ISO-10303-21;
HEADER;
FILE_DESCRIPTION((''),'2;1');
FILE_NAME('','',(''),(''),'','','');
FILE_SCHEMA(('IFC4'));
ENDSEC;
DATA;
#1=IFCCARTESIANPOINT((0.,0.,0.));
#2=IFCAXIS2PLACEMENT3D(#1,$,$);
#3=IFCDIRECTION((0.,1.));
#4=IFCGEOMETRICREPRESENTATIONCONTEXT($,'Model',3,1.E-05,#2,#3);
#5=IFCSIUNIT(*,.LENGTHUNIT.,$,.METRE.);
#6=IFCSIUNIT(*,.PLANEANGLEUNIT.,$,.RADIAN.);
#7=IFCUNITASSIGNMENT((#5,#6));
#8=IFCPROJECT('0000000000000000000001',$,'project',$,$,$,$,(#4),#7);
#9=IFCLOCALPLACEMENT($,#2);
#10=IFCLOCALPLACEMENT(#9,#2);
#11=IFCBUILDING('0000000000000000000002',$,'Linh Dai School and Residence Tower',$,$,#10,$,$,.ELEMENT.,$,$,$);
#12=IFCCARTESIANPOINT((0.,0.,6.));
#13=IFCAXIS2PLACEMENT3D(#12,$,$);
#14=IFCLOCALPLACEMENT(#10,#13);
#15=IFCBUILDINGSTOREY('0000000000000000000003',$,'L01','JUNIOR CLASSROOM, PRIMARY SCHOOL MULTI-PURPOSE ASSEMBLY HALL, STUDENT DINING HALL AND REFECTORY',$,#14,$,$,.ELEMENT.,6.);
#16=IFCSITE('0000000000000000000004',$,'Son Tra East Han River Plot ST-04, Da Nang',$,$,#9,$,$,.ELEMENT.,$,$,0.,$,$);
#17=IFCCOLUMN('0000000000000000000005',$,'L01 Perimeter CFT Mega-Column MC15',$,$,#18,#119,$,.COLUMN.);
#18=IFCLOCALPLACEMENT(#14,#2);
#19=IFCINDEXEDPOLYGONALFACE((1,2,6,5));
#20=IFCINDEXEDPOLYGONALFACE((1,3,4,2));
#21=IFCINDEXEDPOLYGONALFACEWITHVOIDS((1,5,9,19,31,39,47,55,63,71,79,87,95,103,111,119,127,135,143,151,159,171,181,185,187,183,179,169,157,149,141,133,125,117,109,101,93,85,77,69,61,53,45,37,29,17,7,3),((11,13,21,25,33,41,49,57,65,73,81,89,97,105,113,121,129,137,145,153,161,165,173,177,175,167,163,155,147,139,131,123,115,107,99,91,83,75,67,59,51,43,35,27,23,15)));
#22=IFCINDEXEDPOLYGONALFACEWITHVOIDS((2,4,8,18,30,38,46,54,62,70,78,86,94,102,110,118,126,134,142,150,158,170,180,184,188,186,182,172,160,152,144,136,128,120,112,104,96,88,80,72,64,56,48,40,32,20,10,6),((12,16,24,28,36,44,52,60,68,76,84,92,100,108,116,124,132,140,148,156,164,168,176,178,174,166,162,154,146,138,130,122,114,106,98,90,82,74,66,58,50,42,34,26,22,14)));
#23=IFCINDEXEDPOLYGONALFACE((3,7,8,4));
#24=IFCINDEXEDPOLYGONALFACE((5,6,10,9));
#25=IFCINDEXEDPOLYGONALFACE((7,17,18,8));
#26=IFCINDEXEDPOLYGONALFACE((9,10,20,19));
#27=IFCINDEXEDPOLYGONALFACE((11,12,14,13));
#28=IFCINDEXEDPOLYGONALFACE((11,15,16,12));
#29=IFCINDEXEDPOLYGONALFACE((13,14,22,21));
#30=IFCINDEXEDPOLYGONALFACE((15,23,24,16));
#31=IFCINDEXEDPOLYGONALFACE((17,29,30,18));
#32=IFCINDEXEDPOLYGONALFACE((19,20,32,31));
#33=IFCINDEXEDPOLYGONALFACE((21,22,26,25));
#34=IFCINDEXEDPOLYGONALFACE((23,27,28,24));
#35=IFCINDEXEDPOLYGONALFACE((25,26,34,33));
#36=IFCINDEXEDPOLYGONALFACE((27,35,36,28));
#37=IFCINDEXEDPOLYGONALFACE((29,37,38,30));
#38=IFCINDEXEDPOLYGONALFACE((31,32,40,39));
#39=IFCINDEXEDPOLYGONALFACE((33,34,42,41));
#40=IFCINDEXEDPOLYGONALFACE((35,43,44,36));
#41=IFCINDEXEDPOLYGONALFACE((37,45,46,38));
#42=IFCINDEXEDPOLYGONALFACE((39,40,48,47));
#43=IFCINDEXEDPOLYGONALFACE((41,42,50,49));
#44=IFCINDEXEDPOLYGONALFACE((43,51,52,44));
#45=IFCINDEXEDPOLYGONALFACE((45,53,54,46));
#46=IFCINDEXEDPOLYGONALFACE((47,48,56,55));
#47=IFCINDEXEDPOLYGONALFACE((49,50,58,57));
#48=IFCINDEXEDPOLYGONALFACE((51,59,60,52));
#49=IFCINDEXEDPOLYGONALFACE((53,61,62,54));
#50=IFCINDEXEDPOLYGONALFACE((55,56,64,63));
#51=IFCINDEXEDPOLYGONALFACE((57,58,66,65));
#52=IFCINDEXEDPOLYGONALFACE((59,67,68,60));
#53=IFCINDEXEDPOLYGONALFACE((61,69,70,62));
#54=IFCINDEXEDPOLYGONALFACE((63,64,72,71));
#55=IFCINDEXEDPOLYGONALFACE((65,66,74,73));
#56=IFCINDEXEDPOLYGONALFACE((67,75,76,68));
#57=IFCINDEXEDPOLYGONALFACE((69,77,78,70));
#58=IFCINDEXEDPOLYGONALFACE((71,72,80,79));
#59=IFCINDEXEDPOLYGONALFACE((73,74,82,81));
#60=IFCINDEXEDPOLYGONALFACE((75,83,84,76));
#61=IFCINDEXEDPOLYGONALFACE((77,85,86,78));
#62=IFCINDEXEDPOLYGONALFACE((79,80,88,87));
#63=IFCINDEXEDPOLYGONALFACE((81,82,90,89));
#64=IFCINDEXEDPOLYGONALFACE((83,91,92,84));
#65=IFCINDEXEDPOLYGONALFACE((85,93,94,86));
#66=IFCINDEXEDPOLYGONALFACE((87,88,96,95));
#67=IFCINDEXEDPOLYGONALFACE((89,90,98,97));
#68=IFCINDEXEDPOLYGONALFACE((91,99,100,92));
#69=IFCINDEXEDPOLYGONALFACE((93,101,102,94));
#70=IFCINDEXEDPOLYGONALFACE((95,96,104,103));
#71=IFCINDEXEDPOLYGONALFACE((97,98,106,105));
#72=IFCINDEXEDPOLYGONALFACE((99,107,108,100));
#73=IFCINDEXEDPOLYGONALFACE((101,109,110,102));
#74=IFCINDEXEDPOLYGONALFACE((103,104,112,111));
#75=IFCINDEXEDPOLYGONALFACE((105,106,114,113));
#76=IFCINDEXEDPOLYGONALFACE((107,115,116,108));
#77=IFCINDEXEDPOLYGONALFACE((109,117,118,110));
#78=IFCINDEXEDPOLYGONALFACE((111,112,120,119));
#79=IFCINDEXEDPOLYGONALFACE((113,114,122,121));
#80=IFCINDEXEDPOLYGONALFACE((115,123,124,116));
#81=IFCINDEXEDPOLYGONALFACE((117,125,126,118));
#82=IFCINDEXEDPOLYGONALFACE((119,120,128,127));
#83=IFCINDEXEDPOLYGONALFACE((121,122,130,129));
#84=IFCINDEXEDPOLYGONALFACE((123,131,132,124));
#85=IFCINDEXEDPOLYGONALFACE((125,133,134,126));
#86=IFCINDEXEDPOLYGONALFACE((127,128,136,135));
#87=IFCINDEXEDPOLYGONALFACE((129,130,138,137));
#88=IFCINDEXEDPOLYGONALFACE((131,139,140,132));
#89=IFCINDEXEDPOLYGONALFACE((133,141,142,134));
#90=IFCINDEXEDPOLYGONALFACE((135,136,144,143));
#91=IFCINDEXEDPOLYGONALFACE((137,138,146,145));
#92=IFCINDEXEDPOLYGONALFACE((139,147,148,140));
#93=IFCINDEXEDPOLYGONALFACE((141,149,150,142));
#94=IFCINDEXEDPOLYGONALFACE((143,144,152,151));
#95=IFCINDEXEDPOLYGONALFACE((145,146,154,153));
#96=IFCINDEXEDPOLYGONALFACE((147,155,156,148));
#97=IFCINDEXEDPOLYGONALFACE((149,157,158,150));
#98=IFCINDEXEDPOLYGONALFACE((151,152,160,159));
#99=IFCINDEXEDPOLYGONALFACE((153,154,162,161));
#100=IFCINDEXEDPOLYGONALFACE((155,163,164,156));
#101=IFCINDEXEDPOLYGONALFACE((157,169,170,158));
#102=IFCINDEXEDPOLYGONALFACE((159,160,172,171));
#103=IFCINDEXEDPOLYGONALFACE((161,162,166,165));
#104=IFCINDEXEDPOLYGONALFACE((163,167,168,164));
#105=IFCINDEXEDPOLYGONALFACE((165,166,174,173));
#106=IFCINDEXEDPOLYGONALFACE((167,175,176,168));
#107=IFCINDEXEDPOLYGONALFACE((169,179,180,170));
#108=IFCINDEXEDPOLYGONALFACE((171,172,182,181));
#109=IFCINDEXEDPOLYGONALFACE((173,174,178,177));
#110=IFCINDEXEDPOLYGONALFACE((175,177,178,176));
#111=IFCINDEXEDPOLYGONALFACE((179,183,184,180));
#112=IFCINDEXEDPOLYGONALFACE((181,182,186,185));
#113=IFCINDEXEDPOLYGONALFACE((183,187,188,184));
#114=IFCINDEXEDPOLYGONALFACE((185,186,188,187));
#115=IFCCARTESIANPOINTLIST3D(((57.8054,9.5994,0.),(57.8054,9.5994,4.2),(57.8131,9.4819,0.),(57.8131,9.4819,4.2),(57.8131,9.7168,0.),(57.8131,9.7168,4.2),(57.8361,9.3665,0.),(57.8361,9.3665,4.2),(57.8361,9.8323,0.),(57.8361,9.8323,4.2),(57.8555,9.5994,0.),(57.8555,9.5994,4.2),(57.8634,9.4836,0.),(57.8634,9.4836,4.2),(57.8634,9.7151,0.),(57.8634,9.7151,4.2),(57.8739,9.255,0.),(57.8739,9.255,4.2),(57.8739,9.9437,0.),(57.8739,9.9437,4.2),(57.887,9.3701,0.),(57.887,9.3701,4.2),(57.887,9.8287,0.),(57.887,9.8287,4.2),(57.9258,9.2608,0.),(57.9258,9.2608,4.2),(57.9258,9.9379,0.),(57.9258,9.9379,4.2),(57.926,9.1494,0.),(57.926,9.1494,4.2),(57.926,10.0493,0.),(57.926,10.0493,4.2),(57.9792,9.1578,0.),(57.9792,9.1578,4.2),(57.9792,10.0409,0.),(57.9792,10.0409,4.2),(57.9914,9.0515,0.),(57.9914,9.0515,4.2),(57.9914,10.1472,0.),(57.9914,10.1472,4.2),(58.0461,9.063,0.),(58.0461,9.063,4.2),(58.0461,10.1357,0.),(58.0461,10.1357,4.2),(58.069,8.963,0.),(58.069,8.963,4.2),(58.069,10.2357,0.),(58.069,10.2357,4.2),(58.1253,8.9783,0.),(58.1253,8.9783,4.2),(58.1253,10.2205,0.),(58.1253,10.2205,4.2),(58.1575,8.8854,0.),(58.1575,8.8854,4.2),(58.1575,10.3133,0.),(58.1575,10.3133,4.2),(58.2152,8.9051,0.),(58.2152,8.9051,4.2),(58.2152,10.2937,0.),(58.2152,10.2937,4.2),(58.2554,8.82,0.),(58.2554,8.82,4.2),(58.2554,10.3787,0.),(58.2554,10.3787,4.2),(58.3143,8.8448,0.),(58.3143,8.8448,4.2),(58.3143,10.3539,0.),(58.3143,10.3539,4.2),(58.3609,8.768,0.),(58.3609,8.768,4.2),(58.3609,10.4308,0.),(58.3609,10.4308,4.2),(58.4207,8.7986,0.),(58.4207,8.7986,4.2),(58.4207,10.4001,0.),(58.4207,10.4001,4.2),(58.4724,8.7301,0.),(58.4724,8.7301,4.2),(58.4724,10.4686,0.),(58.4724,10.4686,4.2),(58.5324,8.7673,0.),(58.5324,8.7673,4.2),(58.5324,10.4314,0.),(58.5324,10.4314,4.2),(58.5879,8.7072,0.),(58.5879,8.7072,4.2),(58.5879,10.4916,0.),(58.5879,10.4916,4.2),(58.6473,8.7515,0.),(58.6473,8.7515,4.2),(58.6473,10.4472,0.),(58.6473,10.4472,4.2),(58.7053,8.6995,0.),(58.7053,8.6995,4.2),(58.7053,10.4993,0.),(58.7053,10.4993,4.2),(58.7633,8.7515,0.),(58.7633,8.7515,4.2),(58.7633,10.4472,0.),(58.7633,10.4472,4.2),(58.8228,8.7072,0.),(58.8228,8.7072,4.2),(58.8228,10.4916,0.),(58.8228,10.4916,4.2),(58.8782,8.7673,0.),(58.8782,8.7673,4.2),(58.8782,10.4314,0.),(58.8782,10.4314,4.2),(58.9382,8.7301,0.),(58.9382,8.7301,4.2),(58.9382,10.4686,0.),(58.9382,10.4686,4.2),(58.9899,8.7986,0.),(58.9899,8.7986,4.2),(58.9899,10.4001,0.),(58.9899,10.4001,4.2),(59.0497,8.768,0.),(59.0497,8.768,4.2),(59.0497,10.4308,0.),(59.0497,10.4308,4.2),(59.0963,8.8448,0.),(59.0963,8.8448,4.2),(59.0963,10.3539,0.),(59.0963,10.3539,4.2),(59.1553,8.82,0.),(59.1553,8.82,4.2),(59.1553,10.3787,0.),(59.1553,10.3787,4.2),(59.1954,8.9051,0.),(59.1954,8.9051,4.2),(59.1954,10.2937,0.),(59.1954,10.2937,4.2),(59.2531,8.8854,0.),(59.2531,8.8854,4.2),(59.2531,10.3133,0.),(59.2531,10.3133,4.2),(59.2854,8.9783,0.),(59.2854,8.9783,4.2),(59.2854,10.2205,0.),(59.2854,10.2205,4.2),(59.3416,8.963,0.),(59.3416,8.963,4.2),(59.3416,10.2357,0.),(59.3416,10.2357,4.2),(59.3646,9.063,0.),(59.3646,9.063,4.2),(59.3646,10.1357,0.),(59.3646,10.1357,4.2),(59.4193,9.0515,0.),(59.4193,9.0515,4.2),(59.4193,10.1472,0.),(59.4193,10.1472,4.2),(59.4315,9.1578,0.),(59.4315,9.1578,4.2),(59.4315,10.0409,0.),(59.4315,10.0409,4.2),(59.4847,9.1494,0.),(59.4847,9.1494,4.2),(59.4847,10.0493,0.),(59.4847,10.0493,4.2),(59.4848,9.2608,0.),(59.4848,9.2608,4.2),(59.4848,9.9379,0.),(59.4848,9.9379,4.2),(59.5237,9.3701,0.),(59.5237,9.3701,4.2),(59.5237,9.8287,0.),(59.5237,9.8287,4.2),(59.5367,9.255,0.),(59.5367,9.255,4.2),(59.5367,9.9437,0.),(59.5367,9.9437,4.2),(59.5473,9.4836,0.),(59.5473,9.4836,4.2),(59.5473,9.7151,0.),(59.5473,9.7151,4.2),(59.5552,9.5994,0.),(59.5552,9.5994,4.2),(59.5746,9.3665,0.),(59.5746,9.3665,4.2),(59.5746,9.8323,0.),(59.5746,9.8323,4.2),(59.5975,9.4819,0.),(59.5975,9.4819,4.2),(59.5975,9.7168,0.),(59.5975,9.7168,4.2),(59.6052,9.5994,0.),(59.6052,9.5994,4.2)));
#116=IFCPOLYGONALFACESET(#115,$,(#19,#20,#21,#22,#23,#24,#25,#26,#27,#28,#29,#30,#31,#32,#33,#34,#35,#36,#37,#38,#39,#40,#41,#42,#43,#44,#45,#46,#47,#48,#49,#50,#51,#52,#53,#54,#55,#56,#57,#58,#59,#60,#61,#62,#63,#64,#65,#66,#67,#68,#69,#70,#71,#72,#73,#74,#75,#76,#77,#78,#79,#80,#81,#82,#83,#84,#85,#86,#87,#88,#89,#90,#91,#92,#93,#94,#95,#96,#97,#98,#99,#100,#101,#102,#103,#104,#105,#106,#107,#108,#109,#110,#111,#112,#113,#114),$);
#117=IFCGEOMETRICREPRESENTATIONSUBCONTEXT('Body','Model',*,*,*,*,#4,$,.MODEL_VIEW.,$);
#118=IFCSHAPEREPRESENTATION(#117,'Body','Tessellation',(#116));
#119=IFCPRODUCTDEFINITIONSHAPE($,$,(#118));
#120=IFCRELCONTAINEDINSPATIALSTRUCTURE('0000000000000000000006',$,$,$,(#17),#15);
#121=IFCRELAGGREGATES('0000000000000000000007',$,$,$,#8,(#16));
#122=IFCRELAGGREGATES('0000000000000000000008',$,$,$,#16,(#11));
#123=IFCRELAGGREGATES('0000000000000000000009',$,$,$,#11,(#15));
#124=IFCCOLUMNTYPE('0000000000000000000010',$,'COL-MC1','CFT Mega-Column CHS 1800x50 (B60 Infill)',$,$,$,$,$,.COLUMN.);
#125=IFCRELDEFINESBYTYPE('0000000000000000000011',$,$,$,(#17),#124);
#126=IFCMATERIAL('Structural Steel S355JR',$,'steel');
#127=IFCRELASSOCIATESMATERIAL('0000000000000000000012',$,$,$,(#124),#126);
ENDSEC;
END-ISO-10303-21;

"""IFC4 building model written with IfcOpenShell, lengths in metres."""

from ifc_helpers import new_model, si_unit, direction, frame, origin, origin_2d, place, context, subcontext, project, spatial, hollow_circle, extrude, material, material_profile, profile_set, type_object, element, save


model = new_model("IFC4")

# Units and contexts
model_context = context("Model", 3, precision=1e-05, world=origin(), true_north=direction((0.0, 1.0)))
body_context = subcontext(model_context, "Body", "Model", "MODEL_VIEW")
ifc_project = project(units=[si_unit("LENGTHUNIT", "METRE"), si_unit("PLANEANGLEUNIT", "RADIAN")], contexts=[model_context])

# Site, building, storey
site_placement = place(None, origin())
site = spatial("IfcSite", under=ifc_project, at=site_placement, Name="Son Tra East Han River Plot ST-04, Da Nang", CompositionType="ELEMENT", RefElevation=0.0)
building_placement = place(site_placement, origin())
building = spatial("IfcBuilding", under=site, at=building_placement, Name="Linh Dai School and Residence Tower", CompositionType="ELEMENT")
storey_placement = place(building_placement, frame((0.0, 0.0, 6.0)))
storey = spatial("IfcBuildingStorey", under=building, at=storey_placement, Name="L01", Description="JUNIOR CLASSROOM, PRIMARY SCHOOL MULTI-PURPOSE ASSEMBLY HALL, STUDENT DINING HALL AND REFECTORY", CompositionType="ELEMENT", Elevation=6.0)

# Column
ifc_material_1 = material(Name="Structural Steel S355JR", Category="steel")
ifc_material_profile_1 = material_profile(ifc_material_1, hollow_circle(Radius=0.8999, WallThickness=0.05, at=origin_2d()), Name="CHS 1800x50")
ifc_profile_set_1 = profile_set([ifc_material_profile_1], Name="Structural Steel S355JR")
column_type_1 = type_object("IfcColumnType", Name="COL-MC1", Description="CFT Mega-Column CHS 1800x50 (B60 Infill)", PredefinedType="COLUMN", material=ifc_profile_set_1)
for number, where, z_axis, x_axis, name in (
    (1, (58.7053, 9.5994, 0.0), (0.0, 0.0, 1.0), (1.0, 0.0, 0.0), "L01 Perimeter CFT Mega-Column MC15"),
):
    element("IfcColumn", number, at=place(storey_placement, frame(where, z_axis=z_axis, x_axis=x_axis)), inside=storey, type_object=column_type_1, Name=name, PredefinedType="COLUMN", context=body_context, shape_type="SweptSolid", body=[
        extrude(hollow_circle(Radius=0.8999, WallThickness=0.05, at=origin_2d()), origin(), (0.0, 0.0, 1.0), 4.2),
    ])

save(model, "model.ifc")
